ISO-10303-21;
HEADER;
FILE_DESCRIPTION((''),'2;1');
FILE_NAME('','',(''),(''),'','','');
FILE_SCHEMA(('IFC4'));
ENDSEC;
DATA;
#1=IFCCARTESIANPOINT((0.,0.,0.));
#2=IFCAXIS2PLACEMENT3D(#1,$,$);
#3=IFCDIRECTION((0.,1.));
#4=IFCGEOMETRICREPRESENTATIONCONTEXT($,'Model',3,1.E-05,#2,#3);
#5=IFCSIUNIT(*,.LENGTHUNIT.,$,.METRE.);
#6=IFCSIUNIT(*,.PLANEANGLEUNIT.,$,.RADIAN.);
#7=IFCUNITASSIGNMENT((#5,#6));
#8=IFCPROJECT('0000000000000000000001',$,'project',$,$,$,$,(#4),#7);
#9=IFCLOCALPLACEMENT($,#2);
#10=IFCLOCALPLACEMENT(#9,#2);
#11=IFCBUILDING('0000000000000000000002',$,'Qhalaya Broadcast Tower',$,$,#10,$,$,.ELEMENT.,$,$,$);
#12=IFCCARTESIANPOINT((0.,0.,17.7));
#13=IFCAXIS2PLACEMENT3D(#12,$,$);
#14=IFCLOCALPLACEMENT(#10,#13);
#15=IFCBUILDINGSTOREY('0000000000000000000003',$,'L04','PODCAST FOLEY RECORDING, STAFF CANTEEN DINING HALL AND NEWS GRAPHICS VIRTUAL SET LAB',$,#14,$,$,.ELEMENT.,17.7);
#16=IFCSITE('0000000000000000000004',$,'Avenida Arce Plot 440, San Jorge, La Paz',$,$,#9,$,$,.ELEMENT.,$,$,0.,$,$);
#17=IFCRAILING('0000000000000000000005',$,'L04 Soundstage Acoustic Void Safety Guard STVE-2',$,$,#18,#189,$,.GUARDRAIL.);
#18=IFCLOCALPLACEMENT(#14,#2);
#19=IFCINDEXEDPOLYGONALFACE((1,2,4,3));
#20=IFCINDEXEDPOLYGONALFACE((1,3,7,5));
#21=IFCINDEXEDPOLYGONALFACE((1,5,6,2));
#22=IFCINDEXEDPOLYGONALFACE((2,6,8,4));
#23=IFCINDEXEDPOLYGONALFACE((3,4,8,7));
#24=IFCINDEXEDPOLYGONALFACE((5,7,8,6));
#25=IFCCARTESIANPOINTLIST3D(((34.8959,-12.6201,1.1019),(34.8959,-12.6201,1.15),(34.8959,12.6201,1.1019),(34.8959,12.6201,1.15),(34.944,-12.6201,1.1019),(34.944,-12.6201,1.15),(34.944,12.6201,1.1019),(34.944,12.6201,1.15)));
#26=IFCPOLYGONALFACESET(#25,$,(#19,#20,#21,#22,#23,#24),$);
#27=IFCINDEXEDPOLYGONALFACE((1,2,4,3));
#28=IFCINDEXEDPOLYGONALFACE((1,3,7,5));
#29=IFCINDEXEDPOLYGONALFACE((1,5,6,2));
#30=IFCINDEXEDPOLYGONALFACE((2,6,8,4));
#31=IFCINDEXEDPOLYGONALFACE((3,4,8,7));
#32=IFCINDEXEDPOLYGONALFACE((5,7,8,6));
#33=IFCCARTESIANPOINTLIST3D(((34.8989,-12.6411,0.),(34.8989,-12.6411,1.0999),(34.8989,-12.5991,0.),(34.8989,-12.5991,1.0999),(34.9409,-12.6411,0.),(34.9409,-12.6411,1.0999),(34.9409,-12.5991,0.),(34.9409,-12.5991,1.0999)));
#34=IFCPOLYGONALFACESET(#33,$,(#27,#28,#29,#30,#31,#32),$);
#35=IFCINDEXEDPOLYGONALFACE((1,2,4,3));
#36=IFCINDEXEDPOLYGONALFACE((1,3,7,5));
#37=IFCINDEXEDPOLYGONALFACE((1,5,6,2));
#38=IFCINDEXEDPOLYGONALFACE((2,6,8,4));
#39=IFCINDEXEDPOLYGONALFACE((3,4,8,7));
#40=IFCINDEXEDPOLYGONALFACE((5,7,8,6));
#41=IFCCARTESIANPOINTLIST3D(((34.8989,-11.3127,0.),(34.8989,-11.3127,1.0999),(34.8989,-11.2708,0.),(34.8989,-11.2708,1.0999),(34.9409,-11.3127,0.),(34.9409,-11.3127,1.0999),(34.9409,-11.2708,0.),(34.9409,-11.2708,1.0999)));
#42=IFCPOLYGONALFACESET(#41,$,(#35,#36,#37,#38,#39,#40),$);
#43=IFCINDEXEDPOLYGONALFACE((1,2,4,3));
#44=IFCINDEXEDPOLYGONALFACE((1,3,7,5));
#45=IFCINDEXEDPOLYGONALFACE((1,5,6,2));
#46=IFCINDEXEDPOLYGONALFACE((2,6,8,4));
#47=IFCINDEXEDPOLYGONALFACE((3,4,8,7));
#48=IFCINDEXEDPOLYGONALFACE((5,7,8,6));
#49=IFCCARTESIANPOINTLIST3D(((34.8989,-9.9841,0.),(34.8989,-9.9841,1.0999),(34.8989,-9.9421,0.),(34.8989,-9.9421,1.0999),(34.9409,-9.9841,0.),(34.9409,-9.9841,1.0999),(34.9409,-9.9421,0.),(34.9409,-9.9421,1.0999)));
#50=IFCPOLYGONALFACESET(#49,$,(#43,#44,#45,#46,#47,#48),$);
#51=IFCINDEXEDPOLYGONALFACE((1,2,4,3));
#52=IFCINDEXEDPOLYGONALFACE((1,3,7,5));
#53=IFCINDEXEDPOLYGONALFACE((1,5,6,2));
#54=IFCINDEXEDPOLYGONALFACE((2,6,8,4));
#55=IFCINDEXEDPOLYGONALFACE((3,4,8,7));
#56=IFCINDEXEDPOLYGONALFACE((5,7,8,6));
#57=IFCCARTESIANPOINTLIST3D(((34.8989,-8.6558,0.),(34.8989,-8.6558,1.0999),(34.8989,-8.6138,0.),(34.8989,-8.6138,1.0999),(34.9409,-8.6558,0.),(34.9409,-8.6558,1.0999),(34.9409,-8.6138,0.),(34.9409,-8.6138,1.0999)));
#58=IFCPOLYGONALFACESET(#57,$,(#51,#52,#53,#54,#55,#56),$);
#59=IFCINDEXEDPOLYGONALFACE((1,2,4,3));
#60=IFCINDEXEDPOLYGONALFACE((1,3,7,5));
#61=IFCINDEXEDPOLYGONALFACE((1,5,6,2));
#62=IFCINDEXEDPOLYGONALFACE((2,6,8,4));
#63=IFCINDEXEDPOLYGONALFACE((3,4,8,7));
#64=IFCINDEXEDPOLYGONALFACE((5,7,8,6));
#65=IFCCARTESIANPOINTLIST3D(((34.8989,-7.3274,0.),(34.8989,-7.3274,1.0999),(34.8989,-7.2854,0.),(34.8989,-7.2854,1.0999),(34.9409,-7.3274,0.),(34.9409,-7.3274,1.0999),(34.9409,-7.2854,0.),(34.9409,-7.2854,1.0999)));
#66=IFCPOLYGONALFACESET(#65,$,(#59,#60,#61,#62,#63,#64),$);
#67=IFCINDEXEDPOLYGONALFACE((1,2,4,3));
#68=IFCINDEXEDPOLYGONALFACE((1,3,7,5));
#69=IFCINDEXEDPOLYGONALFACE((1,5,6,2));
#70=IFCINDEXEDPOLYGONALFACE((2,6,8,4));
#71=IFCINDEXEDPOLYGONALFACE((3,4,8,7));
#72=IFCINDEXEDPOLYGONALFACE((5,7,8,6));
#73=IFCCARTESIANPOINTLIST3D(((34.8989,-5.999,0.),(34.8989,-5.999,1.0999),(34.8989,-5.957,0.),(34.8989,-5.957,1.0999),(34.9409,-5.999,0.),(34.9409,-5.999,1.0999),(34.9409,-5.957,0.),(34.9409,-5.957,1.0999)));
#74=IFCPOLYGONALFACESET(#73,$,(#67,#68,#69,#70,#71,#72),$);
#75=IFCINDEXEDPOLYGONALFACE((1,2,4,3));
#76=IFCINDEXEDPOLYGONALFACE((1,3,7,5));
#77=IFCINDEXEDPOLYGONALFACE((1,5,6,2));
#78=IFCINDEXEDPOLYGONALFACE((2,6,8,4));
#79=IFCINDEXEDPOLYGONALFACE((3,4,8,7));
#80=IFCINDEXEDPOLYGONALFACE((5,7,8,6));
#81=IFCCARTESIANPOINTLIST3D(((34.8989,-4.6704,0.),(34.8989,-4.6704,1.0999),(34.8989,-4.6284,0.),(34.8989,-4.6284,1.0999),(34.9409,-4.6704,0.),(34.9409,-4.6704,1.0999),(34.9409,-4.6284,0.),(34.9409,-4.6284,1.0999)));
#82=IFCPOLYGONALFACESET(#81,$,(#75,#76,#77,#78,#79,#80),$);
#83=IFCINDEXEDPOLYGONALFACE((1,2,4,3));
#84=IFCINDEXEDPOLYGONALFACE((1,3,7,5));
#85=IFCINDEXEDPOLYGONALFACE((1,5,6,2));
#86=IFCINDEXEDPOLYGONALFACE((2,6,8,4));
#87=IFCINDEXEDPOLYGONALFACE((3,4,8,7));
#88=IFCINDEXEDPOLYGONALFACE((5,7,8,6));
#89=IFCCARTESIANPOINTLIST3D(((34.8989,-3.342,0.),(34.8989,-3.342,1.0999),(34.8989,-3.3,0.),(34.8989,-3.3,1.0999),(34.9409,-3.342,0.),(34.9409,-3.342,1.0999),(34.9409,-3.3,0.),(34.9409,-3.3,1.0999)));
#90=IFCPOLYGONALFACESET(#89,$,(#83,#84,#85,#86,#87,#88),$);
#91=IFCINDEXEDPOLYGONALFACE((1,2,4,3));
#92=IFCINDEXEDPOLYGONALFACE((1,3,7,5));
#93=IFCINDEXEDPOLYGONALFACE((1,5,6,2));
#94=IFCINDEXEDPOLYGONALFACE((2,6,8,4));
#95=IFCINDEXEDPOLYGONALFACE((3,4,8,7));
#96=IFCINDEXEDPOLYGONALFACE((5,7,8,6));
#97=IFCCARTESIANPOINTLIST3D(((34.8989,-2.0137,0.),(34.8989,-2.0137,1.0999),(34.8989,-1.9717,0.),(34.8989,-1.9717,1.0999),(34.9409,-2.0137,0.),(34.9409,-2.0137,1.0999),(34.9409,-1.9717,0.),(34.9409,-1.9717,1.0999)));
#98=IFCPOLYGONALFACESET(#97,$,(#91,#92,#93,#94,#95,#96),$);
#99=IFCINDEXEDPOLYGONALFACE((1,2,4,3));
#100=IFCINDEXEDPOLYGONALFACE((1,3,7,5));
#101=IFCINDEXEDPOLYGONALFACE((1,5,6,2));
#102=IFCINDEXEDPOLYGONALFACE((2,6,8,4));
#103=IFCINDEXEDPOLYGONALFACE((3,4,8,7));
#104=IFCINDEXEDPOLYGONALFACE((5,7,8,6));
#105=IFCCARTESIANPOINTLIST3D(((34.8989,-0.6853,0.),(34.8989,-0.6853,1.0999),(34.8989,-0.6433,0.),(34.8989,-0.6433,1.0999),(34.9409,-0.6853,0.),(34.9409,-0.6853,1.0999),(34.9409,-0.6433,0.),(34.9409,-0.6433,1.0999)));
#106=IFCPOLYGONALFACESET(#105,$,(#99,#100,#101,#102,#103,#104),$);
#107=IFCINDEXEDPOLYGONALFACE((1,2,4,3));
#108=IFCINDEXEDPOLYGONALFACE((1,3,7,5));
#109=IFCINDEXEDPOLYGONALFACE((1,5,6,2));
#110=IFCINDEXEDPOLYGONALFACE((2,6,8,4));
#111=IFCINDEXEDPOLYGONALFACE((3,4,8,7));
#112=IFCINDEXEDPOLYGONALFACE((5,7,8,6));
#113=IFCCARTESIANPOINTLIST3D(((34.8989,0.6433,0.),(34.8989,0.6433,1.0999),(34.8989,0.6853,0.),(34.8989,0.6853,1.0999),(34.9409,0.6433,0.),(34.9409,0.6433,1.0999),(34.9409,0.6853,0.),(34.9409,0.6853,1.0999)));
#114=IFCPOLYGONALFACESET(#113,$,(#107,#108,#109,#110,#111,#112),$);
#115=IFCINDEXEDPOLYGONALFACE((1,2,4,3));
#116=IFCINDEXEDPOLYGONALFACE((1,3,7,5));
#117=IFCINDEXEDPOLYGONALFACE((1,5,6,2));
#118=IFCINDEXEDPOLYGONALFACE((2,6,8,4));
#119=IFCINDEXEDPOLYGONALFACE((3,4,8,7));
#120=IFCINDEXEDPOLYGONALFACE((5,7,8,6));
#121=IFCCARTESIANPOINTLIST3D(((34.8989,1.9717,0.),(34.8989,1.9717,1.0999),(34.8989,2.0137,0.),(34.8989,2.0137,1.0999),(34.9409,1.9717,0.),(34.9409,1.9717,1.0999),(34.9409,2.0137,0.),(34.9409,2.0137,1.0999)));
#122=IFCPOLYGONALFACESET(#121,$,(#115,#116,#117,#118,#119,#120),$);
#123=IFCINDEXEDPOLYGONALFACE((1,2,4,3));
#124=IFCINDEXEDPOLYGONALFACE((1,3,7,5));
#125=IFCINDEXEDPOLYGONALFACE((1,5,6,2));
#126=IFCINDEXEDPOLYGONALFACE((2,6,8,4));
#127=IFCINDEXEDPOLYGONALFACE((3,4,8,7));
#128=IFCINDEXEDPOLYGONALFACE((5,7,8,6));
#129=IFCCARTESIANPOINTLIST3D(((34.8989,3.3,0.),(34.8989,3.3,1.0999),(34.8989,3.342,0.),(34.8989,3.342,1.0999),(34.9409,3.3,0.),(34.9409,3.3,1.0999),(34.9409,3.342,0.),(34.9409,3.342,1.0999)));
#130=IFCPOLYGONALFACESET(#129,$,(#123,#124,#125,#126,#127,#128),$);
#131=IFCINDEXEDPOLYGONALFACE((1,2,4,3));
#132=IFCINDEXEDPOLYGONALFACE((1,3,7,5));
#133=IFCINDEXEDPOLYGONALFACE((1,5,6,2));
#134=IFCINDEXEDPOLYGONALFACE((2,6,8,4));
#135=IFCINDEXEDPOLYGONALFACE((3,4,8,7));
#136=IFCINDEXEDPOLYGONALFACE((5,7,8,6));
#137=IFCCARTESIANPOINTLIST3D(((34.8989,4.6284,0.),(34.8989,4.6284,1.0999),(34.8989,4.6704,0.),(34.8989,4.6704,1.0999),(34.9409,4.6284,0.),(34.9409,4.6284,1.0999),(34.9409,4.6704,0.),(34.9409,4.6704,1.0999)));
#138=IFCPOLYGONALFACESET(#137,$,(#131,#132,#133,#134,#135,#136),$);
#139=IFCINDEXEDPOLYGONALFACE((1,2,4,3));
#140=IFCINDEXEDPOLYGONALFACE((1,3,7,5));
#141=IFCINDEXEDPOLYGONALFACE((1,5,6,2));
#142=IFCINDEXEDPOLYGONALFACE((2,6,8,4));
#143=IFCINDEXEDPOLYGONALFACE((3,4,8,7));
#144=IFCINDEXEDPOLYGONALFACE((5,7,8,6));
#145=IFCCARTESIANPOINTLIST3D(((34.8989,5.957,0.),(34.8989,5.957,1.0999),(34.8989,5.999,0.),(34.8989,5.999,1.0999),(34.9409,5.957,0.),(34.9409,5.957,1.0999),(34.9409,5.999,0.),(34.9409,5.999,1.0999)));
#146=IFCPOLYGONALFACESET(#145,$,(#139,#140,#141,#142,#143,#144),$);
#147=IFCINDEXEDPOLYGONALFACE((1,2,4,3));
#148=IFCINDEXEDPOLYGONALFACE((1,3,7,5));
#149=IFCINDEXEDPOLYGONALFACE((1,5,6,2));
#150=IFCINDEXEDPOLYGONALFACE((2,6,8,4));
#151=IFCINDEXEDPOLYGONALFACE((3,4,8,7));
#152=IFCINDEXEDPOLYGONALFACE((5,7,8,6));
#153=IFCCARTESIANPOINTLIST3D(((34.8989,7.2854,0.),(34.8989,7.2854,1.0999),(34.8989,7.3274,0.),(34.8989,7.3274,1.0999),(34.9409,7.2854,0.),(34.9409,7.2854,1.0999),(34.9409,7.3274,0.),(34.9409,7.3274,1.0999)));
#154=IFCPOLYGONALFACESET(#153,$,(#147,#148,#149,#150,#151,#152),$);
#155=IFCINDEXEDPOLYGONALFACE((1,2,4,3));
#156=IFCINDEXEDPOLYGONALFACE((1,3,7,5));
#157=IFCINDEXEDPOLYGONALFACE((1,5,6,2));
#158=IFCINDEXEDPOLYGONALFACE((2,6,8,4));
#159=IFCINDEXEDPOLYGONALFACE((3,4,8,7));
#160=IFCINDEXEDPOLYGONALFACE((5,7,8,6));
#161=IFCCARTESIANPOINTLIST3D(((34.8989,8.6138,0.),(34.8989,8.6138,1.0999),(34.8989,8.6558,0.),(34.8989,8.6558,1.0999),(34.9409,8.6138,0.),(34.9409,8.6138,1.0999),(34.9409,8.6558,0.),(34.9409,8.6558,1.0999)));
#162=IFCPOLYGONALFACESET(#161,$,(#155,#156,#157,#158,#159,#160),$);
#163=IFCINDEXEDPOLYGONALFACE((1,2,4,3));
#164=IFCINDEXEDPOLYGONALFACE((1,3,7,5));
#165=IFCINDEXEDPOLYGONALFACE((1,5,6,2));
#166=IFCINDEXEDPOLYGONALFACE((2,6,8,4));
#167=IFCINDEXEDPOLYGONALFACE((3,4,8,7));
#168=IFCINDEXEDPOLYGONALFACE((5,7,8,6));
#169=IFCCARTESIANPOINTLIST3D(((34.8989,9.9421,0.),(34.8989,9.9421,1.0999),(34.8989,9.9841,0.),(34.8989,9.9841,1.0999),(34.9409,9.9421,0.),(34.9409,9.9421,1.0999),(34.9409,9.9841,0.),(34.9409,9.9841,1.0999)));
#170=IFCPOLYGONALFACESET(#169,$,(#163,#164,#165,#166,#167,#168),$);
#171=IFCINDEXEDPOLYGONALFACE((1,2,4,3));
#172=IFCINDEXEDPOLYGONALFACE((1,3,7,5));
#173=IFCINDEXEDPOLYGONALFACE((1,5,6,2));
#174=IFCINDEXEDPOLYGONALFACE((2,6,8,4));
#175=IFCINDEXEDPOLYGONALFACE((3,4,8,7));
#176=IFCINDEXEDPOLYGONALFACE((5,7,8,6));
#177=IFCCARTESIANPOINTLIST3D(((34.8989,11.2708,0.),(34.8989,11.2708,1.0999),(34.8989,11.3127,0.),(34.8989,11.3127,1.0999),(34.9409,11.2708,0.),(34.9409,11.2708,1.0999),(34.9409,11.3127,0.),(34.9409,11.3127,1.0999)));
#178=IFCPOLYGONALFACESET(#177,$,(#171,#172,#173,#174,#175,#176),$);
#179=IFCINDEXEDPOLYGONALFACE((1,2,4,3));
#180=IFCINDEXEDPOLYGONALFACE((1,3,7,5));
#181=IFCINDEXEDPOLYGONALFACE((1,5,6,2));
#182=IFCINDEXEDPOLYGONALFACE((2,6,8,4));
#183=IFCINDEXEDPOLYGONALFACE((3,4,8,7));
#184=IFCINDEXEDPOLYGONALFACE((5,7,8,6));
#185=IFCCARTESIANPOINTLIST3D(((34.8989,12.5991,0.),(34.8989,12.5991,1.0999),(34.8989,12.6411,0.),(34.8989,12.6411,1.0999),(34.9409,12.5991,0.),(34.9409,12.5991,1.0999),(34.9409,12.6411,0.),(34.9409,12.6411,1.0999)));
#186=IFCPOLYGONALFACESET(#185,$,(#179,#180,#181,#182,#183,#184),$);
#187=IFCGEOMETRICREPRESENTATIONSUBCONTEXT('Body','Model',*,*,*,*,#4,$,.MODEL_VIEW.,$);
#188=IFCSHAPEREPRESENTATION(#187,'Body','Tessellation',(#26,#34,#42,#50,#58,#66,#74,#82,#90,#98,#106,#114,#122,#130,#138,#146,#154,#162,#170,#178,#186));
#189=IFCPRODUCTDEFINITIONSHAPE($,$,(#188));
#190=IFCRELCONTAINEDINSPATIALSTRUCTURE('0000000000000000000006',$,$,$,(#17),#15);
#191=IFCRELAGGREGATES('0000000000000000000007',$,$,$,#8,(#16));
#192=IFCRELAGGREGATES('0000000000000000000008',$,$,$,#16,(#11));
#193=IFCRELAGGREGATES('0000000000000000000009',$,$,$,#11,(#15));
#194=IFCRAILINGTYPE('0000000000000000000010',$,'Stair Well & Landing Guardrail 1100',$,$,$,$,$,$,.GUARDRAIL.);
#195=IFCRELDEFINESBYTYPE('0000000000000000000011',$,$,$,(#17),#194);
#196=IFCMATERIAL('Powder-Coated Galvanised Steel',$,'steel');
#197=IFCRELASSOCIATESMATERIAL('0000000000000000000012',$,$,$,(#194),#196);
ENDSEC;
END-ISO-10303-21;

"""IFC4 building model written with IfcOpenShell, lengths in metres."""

from ifc_helpers import new_model, si_unit, direction, frame, origin, origin_2d, place, context, subcontext, project, spatial, rectangle, extrude, material, type_object, element, save


model = new_model("IFC4")

# Units and contexts
model_context = context("Model", 3, precision=1e-05, world=origin(), true_north=direction((0.0, 1.0)))
body_context = subcontext(model_context, "Body", "Model", "MODEL_VIEW")
ifc_project = project(units=[si_unit("LENGTHUNIT", "METRE"), si_unit("PLANEANGLEUNIT", "RADIAN")], contexts=[model_context])

# Site, building, storey
site_placement = place(None, origin())
site = spatial("IfcSite", under=ifc_project, at=site_placement, Name="Avenida Arce Plot 440, San Jorge, La Paz", CompositionType="ELEMENT", RefElevation=0.0)
building_placement = place(site_placement, origin())
building = spatial("IfcBuilding", under=site, at=building_placement, Name="Qhalaya Broadcast Tower", CompositionType="ELEMENT")
storey_placement = place(building_placement, frame((0.0, 0.0, 17.7)))
storey = spatial("IfcBuildingStorey", under=building, at=storey_placement, Name="L04", Description="PODCAST FOLEY RECORDING, STAFF CANTEEN DINING HALL AND NEWS GRAPHICS VIRTUAL SET LAB", CompositionType="ELEMENT", Elevation=17.7)

# Railing
ifc_material_1 = material(Name="Powder-Coated Galvanised Steel", Category="steel")
railing_type = type_object("IfcRailingType", Name="Stair Well & Landing Guardrail 1100", PredefinedType="GUARDRAIL", material=ifc_material_1)
railing_1_placement = place(storey_placement, frame((34.9199, -12.6201, 0.0)))
element("IfcRailing", 1, at=railing_1_placement, inside=storey, type_object=railing_type, Name="L04 Soundstage Acoustic Void Safety Guard STVE-2", PredefinedType="GUARDRAIL", context=body_context, shape_type="SweptSolid", body=[
    extrude(rectangle(XDim=0.0481, YDim=0.0481, at=origin_2d()), frame((0.0, 0.0, 1.126), z_axis=(0.0, 1.0, 0.0), x_axis=(-1.0, 0.0, 0.0)), (0.0, 0.0, 1.0), 25.2402),
    extrude(rectangle(XDim=0.042, YDim=0.042, at=origin_2d()), origin(), (0.0, 0.0, 1.0), 1.0999),
    extrude(rectangle(XDim=0.042, YDim=0.042, at=origin_2d()), frame((0.0, 1.3284, 0.0)), (0.0, 0.0, 1.0), 1.0999),
    extrude(rectangle(XDim=0.042, YDim=0.042, at=origin_2d()), frame((0.0, 2.657, 0.0)), (0.0, 0.0, 1.0), 1.0999),
    extrude(rectangle(XDim=0.042, YDim=0.042, at=origin_2d()), frame((0.0, 3.9854, 0.0)), (0.0, 0.0, 1.0), 1.0999),
    extrude(rectangle(XDim=0.042, YDim=0.042, at=origin_2d()), frame((0.0, 5.3137, 0.0)), (0.0, 0.0, 1.0), 1.0999),
    extrude(rectangle(XDim=0.042, YDim=0.042, at=origin_2d()), frame((0.0, 6.6421, 0.0)), (0.0, 0.0, 1.0), 1.0999),
    extrude(rectangle(XDim=0.042, YDim=0.042, at=origin_2d()), frame((0.0, 7.9707, 0.0)), (0.0, 0.0, 1.0), 1.0999),
    extrude(rectangle(XDim=0.042, YDim=0.042, at=origin_2d()), frame((0.0, 9.2991, 0.0)), (0.0, 0.0, 1.0), 1.0999),
    extrude(rectangle(XDim=0.042, YDim=0.042, at=origin_2d()), frame((0.0, 10.6274, 0.0)), (0.0, 0.0, 1.0), 1.0999),
    extrude(rectangle(XDim=0.042, YDim=0.042, at=origin_2d()), frame((0.0, 11.9558, 0.0)), (0.0, 0.0, 1.0), 1.0999),
    extrude(rectangle(XDim=0.042, YDim=0.042, at=origin_2d()), frame((0.0, 13.2844, 0.0)), (0.0, 0.0, 1.0), 1.0999),
    extrude(rectangle(XDim=0.042, YDim=0.042, at=origin_2d()), frame((0.0, 14.6128, 0.0)), (0.0, 0.0, 1.0), 1.0999),
    extrude(rectangle(XDim=0.042, YDim=0.042, at=origin_2d()), frame((0.0, 15.9412, 0.0)), (0.0, 0.0, 1.0), 1.0999),
    extrude(rectangle(XDim=0.042, YDim=0.042, at=origin_2d()), frame((0.0, 17.2695, 0.0)), (0.0, 0.0, 1.0), 1.0999),
    extrude(rectangle(XDim=0.042, YDim=0.042, at=origin_2d()), frame((0.0, 18.5981, 0.0)), (0.0, 0.0, 1.0), 1.0999),
    extrude(rectangle(XDim=0.042, YDim=0.042, at=origin_2d()), frame((0.0, 19.9265, 0.0)), (0.0, 0.0, 1.0), 1.0999),
    extrude(rectangle(XDim=0.042, YDim=0.042, at=origin_2d()), frame((0.0, 21.2549, 0.0)), (0.0, 0.0, 1.0), 1.0999),
    extrude(rectangle(XDim=0.042, YDim=0.042, at=origin_2d()), frame((0.0, 22.5833, 0.0)), (0.0, 0.0, 1.0), 1.0999),
    extrude(rectangle(XDim=0.042, YDim=0.042, at=origin_2d()), frame((0.0, 23.9119, 0.0)), (0.0, 0.0, 1.0), 1.0999),
    extrude(rectangle(XDim=0.042, YDim=0.042, at=origin_2d()), frame((0.0, 25.2402, 0.0)), (0.0, 0.0, 1.0), 1.0999),
])

save(model, "model.ifc")
